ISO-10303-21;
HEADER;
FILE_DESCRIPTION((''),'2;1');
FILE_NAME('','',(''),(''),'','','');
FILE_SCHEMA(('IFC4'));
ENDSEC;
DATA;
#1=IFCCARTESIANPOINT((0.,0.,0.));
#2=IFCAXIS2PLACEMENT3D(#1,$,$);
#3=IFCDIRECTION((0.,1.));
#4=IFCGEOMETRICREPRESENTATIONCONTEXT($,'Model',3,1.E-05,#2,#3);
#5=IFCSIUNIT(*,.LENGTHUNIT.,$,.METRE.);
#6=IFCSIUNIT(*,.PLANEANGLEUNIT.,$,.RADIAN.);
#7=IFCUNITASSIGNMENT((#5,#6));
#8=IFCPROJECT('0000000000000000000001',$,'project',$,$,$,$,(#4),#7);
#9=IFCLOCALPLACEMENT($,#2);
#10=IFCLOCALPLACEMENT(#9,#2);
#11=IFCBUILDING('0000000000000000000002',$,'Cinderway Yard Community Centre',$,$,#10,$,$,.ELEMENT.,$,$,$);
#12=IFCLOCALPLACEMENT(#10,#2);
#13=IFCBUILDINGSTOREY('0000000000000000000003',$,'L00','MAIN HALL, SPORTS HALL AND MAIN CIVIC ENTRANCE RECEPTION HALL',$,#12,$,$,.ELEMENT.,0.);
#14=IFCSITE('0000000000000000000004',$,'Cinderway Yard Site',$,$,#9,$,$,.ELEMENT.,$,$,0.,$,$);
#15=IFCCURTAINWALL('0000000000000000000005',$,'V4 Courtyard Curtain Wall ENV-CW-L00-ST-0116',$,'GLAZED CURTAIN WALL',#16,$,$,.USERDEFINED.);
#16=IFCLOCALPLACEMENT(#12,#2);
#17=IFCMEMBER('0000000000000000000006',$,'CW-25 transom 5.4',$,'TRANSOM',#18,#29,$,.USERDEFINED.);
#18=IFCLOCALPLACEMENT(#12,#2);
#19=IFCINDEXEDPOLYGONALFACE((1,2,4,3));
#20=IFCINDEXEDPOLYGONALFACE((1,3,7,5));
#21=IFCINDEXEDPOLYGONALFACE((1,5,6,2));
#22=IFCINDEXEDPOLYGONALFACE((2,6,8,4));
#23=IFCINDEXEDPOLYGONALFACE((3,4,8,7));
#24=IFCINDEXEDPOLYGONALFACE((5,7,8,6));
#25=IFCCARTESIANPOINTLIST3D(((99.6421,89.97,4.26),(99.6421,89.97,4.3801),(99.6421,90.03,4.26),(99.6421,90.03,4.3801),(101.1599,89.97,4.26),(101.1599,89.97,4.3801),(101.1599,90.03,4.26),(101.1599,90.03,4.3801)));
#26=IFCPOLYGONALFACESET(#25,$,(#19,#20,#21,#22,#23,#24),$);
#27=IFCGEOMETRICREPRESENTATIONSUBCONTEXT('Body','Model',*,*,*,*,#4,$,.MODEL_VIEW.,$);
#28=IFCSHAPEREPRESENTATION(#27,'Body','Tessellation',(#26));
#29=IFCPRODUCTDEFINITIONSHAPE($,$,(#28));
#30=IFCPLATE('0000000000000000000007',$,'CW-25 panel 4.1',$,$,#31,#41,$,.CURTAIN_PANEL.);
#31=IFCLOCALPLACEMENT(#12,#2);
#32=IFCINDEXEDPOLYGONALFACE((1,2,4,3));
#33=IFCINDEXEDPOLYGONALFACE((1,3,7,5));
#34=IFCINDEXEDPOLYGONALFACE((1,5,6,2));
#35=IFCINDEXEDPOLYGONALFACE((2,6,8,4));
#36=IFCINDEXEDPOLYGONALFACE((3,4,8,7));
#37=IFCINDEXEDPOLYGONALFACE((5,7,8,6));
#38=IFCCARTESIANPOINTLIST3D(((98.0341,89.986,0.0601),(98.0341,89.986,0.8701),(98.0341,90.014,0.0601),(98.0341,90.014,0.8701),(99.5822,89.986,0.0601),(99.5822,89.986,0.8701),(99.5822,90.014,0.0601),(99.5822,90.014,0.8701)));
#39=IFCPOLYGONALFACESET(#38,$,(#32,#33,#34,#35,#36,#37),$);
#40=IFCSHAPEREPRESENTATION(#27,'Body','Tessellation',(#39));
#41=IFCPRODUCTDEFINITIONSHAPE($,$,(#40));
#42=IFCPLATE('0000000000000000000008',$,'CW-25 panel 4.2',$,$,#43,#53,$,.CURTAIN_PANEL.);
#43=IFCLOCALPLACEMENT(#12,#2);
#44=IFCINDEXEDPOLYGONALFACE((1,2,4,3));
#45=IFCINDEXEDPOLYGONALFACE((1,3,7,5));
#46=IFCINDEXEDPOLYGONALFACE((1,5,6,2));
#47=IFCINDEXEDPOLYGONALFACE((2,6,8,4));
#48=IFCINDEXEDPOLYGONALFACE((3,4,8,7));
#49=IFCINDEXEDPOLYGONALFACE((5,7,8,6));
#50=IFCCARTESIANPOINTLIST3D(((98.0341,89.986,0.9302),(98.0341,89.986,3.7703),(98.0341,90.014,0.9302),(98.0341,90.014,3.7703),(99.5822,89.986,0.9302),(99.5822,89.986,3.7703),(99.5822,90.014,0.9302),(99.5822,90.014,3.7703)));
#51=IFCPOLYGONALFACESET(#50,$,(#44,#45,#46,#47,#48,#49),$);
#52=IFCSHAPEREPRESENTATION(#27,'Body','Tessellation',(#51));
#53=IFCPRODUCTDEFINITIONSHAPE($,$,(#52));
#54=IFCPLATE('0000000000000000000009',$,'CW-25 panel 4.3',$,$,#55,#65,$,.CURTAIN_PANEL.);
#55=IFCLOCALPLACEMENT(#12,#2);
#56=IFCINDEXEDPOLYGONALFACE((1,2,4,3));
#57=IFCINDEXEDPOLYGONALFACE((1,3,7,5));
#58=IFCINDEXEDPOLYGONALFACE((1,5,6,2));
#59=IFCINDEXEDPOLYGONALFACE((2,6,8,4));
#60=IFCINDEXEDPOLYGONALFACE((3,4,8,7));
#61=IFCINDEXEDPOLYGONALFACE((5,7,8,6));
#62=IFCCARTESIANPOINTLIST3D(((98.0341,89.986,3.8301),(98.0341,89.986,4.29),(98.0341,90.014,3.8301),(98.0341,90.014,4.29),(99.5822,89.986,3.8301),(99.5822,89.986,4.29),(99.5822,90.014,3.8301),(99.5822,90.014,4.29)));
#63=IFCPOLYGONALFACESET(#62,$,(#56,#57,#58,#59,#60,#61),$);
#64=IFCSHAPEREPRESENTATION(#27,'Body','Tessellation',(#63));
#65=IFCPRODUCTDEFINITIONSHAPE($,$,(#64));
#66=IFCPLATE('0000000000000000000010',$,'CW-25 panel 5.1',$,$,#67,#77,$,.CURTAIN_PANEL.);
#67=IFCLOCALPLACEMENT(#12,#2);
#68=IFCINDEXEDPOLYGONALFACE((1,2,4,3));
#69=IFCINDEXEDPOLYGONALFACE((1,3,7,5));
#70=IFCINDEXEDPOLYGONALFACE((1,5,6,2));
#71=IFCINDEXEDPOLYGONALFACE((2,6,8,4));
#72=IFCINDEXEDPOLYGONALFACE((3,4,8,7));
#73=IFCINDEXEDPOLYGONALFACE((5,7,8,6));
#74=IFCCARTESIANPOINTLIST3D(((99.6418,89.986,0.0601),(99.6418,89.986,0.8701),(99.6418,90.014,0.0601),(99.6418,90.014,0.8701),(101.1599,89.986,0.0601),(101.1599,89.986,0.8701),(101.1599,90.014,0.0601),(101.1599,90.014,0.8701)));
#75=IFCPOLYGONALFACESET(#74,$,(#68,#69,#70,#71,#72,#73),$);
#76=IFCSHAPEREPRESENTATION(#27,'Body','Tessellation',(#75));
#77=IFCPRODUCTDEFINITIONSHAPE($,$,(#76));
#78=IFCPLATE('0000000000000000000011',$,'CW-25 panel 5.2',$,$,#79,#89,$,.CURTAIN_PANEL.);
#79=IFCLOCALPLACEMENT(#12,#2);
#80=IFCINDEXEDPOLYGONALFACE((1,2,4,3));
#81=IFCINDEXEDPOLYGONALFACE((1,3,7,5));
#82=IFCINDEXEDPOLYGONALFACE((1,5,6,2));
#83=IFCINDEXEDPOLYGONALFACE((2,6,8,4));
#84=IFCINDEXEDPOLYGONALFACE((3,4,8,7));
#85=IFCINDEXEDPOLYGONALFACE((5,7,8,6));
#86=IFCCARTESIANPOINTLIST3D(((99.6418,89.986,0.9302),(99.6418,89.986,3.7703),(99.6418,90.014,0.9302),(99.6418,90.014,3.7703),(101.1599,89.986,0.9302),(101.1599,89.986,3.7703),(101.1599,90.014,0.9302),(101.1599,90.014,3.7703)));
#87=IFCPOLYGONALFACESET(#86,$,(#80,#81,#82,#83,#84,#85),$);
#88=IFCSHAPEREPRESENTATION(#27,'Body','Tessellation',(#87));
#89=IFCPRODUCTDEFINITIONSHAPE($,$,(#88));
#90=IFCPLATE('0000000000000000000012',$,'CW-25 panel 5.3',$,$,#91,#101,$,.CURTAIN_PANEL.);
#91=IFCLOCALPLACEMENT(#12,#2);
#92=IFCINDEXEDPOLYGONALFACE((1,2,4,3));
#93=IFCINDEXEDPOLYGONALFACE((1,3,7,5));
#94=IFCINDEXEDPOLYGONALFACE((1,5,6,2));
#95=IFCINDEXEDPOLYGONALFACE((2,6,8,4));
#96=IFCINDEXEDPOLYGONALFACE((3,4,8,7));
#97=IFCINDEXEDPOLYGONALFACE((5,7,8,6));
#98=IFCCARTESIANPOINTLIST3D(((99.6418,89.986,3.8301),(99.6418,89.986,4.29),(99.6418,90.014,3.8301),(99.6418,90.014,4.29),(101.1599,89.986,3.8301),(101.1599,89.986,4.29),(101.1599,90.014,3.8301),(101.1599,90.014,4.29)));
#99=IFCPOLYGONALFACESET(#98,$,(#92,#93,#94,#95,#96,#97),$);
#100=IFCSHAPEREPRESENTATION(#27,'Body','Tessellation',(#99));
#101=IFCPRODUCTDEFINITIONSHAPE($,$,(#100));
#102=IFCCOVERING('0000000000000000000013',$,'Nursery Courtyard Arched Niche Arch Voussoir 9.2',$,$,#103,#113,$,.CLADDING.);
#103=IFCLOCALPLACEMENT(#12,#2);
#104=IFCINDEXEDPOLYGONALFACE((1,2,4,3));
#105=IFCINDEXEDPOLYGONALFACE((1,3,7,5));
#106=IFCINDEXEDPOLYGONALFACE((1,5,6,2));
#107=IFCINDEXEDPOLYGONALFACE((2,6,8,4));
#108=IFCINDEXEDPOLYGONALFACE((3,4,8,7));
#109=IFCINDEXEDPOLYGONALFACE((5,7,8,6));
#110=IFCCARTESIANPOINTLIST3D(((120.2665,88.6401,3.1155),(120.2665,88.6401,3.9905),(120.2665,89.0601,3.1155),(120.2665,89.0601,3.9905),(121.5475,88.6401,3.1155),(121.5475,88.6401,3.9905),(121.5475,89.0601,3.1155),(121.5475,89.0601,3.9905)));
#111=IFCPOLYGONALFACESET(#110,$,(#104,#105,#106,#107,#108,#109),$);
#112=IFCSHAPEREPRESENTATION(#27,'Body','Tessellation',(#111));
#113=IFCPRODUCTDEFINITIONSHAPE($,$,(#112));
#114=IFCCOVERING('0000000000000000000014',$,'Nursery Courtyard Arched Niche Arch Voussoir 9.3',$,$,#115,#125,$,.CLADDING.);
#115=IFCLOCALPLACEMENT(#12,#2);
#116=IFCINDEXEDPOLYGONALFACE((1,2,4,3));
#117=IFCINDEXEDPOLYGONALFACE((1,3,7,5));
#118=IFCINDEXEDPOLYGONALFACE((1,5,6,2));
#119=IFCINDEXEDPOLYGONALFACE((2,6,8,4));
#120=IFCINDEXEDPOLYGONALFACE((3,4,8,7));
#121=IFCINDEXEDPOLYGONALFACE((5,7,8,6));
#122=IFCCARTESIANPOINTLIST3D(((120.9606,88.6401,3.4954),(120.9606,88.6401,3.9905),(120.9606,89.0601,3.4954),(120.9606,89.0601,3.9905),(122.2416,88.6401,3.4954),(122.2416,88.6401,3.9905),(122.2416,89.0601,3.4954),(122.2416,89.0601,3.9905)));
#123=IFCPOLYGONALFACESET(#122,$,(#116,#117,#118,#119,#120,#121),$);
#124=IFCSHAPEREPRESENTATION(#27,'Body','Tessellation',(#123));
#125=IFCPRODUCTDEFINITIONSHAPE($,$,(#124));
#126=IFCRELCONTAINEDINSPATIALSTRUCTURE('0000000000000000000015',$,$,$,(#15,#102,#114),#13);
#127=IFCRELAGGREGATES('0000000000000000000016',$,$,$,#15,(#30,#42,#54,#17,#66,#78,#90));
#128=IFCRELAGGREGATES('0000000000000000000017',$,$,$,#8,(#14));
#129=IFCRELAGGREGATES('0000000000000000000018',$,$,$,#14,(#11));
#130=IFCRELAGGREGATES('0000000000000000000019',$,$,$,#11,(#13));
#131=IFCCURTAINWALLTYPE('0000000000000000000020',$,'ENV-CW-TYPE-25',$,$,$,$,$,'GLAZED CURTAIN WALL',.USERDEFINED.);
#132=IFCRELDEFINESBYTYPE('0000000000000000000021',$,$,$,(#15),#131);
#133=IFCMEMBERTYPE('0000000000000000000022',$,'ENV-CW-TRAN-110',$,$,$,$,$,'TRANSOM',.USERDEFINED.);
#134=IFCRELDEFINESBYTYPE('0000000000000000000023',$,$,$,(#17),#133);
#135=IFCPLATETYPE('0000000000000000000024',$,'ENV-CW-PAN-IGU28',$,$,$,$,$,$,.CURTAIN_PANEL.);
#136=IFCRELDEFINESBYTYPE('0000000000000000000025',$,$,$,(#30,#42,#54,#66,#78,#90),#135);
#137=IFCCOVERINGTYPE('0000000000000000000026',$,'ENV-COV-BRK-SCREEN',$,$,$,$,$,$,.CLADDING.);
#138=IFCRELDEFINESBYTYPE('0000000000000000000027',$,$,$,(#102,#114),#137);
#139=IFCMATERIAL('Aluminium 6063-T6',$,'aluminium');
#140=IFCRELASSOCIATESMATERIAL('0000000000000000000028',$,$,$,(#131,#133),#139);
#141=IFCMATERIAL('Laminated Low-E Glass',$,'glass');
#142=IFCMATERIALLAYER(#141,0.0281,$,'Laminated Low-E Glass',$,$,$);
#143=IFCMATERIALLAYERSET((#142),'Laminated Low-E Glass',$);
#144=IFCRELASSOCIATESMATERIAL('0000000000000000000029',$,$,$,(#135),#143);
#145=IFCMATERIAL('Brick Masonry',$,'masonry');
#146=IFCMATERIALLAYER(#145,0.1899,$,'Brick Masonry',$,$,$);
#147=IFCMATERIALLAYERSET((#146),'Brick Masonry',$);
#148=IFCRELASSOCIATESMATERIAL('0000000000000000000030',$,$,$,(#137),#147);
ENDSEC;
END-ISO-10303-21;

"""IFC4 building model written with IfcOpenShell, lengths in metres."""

from ifc_helpers import new_model, si_unit, direction, frame, origin, origin_2d, place, context, subcontext, project, spatial, rectangle, extrude, material, layer, layer_set, material_profile, profile_set, type_object, element, aggregate, save


model = new_model("IFC4")

# Units and contexts
model_context = context("Model", 3, precision=1e-05, world=origin(), true_north=direction((0.0, 1.0)))
body_context = subcontext(model_context, "Body", "Model", "MODEL_VIEW")
ifc_project = project(units=[si_unit("LENGTHUNIT", "METRE"), si_unit("PLANEANGLEUNIT", "RADIAN")], contexts=[model_context])

# Site, building, storey
site_placement = place(None, origin())
site = spatial("IfcSite", under=ifc_project, at=site_placement, Name="Cinderway Yard Site", CompositionType="ELEMENT", RefElevation=0.0)
building_placement = place(site_placement, origin())
building = spatial("IfcBuilding", under=site, at=building_placement, Name="Cinderway Yard Community Centre", CompositionType="ELEMENT")
storey_placement = place(building_placement, origin())
storey = spatial("IfcBuildingStorey", under=building, at=storey_placement, Name="L00", Description="MAIN HALL, SPORTS HALL AND MAIN CIVIC ENTRANCE RECEPTION HALL", CompositionType="ELEMENT", Elevation=0.0)

# Curtain wall
ifc_material_1 = material(Name="Aluminium 6063-T6", Category="aluminium")
curtain_wall_type = type_object("IfcCurtainWallType", Name="ENV-CW-TYPE-25", ElementType="GLAZED CURTAIN WALL", PredefinedType="USERDEFINED", material=ifc_material_1)
curtain_wall_1_placement = place(storey_placement, origin())
curtain_wall_1 = element("IfcCurtainWall", 1, at=curtain_wall_1_placement, inside=storey, type_object=curtain_wall_type, Name="V4 Courtyard Curtain Wall ENV-CW-L00-ST-0116", ObjectType="GLAZED CURTAIN WALL", PredefinedType="USERDEFINED")

# Member
ifc_material_profile_1 = material_profile(ifc_material_1, rectangle(XDim=0.0601, YDim=0.1201, at=origin_2d()), Name="Aluminium 6063-T6")
ifc_profile_set_1 = profile_set([ifc_material_profile_1], Name="Aluminium 6063-T6")
member_type_1 = type_object("IfcMemberType", Name="ENV-CW-TRAN-110", ElementType="TRANSOM", PredefinedType="USERDEFINED", material=ifc_profile_set_1)
member_1_placement = place(storey_placement, frame((99.6421, 90.0, 4.3201), z_axis=(1.0, 0.0, 0.0), x_axis=(0.0, 1.0, 0.0)))
member_1 = element("IfcMember", 2, at=member_1_placement, type_object=member_type_1, Name="CW-25 transom 5.4", ObjectType="TRANSOM", PredefinedType="USERDEFINED", context=body_context, shape_type="SweptSolid", body=[
    extrude(rectangle(XDim=0.0601, YDim=0.1201, at=origin_2d()), origin(), (0.0, 0.0, 1.0), 1.5178),
])

# Plates
ifc_material_2 = material(Name="Laminated Low-E Glass", Category="glass")
ifc_layer_1 = layer(ifc_material_2, 0.0281, Name="Laminated Low-E Glass")
ifc_layer_set_1 = layer_set([ifc_layer_1], Name="Laminated Low-E Glass")
plate_type = type_object("IfcPlateType", Name="ENV-CW-PAN-IGU28", PredefinedType="CURTAIN_PANEL", material=ifc_layer_set_1)
plate_1_placement = place(storey_placement, frame((98.8081, 90.0, 0.0601), z_axis=(0.0, 0.0, 1.0), x_axis=(1.0, 0.0, 0.0)))
plate_1 = element("IfcPlate", 3, at=plate_1_placement, type_object=plate_type, Name="CW-25 panel 4.1", PredefinedType="CURTAIN_PANEL", context=body_context, shape_type="SweptSolid", body=[
    extrude(rectangle(XDim=1.5481, YDim=0.0281, at=origin_2d()), origin(), (0.0, 0.0, 1.0), 0.8101),
])
plate_2_placement = place(storey_placement, frame((98.8081, 90.0, 0.9302), z_axis=(0.0, 0.0, 1.0), x_axis=(1.0, 0.0, 0.0)))
plate_2 = element("IfcPlate", 4, at=plate_2_placement, type_object=plate_type, Name="CW-25 panel 4.2", PredefinedType="CURTAIN_PANEL", context=body_context, shape_type="SweptSolid", body=[
    extrude(rectangle(XDim=1.5481, YDim=0.0281, at=origin_2d()), origin(), (0.0, 0.0, 1.0), 2.8401),
])
plate_3_placement = place(storey_placement, frame((98.8081, 90.0, 3.8301), z_axis=(0.0, 0.0, 1.0), x_axis=(1.0, 0.0, 0.0)))
plate_3 = element("IfcPlate", 5, at=plate_3_placement, type_object=plate_type, Name="CW-25 panel 4.3", PredefinedType="CURTAIN_PANEL", context=body_context, shape_type="SweptSolid", body=[
    extrude(rectangle(XDim=1.5481, YDim=0.0281, at=origin_2d()), origin(), (0.0, 0.0, 1.0), 0.46),
])
plate_4_placement = place(storey_placement, frame((100.4009, 90.0, 0.0601), z_axis=(0.0, 0.0, 1.0), x_axis=(1.0, 0.0, 0.0)))
plate_4 = element("IfcPlate", 6, at=plate_4_placement, type_object=plate_type, Name="CW-25 panel 5.1", PredefinedType="CURTAIN_PANEL", context=body_context, shape_type="SweptSolid", body=[
    extrude(rectangle(XDim=1.5181, YDim=0.0281, at=origin_2d()), origin(), (0.0, 0.0, 1.0), 0.8101),
])
plate_5_placement = place(storey_placement, frame((100.4009, 90.0, 0.9302), z_axis=(0.0, 0.0, 1.0), x_axis=(1.0, 0.0, 0.0)))
plate_5 = element("IfcPlate", 7, at=plate_5_placement, type_object=plate_type, Name="CW-25 panel 5.2", PredefinedType="CURTAIN_PANEL", context=body_context, shape_type="SweptSolid", body=[
    extrude(rectangle(XDim=1.5181, YDim=0.0281, at=origin_2d()), origin(), (0.0, 0.0, 1.0), 2.8401),
])
plate_6_placement = place(storey_placement, frame((100.4009, 90.0, 3.8301), z_axis=(0.0, 0.0, 1.0), x_axis=(1.0, 0.0, 0.0)))
plate_6 = element("IfcPlate", 8, at=plate_6_placement, type_object=plate_type, Name="CW-25 panel 5.3", PredefinedType="CURTAIN_PANEL", context=body_context, shape_type="SweptSolid", body=[
    extrude(rectangle(XDim=1.5181, YDim=0.0281, at=origin_2d()), origin(), (0.0, 0.0, 1.0), 0.46),
])
aggregate(curtain_wall_1, [plate_1, plate_2, plate_3, member_1, plate_4, plate_5, plate_6])

# Coverings
ifc_material_3 = material(Name="Brick Masonry", Category="masonry")
ifc_layer_2 = layer(ifc_material_3, 0.1899, Name="Brick Masonry")
ifc_layer_set_2 = layer_set([ifc_layer_2], Name="Brick Masonry")
covering_type = type_object("IfcCoveringType", Name="ENV-COV-BRK-SCREEN", PredefinedType="CLADDING", material=ifc_layer_set_2)
covering_1_placement = place(storey_placement, frame((120.907, 88.8501, 3.1155), z_axis=(0.0, 0.0, 1.0), x_axis=(1.0, 0.0, 0.0)))
element("IfcCovering", 9, at=covering_1_placement, inside=storey, type_object=covering_type, Name="Nursery Courtyard Arched Niche Arch Voussoir 9.2", PredefinedType="CLADDING", context=body_context, shape_type="SweptSolid", body=[
    extrude(rectangle(XDim=1.281, YDim=0.4199, at=origin_2d()), origin(), (0.0, 0.0, 1.0), 0.875),
])
covering_2_placement = place(storey_placement, frame((121.6011, 88.8501, 3.4954), z_axis=(0.0, 0.0, 1.0), x_axis=(1.0, 0.0, 0.0)))
element("IfcCovering", 10, at=covering_2_placement, inside=storey, type_object=covering_type, Name="Nursery Courtyard Arched Niche Arch Voussoir 9.3", PredefinedType="CLADDING", context=body_context, shape_type="SweptSolid", body=[
    extrude(rectangle(XDim=1.281, YDim=0.4199, at=origin_2d()), origin(), (0.0, 0.0, 1.0), 0.4951),
])

save(model, "model.ifc")
